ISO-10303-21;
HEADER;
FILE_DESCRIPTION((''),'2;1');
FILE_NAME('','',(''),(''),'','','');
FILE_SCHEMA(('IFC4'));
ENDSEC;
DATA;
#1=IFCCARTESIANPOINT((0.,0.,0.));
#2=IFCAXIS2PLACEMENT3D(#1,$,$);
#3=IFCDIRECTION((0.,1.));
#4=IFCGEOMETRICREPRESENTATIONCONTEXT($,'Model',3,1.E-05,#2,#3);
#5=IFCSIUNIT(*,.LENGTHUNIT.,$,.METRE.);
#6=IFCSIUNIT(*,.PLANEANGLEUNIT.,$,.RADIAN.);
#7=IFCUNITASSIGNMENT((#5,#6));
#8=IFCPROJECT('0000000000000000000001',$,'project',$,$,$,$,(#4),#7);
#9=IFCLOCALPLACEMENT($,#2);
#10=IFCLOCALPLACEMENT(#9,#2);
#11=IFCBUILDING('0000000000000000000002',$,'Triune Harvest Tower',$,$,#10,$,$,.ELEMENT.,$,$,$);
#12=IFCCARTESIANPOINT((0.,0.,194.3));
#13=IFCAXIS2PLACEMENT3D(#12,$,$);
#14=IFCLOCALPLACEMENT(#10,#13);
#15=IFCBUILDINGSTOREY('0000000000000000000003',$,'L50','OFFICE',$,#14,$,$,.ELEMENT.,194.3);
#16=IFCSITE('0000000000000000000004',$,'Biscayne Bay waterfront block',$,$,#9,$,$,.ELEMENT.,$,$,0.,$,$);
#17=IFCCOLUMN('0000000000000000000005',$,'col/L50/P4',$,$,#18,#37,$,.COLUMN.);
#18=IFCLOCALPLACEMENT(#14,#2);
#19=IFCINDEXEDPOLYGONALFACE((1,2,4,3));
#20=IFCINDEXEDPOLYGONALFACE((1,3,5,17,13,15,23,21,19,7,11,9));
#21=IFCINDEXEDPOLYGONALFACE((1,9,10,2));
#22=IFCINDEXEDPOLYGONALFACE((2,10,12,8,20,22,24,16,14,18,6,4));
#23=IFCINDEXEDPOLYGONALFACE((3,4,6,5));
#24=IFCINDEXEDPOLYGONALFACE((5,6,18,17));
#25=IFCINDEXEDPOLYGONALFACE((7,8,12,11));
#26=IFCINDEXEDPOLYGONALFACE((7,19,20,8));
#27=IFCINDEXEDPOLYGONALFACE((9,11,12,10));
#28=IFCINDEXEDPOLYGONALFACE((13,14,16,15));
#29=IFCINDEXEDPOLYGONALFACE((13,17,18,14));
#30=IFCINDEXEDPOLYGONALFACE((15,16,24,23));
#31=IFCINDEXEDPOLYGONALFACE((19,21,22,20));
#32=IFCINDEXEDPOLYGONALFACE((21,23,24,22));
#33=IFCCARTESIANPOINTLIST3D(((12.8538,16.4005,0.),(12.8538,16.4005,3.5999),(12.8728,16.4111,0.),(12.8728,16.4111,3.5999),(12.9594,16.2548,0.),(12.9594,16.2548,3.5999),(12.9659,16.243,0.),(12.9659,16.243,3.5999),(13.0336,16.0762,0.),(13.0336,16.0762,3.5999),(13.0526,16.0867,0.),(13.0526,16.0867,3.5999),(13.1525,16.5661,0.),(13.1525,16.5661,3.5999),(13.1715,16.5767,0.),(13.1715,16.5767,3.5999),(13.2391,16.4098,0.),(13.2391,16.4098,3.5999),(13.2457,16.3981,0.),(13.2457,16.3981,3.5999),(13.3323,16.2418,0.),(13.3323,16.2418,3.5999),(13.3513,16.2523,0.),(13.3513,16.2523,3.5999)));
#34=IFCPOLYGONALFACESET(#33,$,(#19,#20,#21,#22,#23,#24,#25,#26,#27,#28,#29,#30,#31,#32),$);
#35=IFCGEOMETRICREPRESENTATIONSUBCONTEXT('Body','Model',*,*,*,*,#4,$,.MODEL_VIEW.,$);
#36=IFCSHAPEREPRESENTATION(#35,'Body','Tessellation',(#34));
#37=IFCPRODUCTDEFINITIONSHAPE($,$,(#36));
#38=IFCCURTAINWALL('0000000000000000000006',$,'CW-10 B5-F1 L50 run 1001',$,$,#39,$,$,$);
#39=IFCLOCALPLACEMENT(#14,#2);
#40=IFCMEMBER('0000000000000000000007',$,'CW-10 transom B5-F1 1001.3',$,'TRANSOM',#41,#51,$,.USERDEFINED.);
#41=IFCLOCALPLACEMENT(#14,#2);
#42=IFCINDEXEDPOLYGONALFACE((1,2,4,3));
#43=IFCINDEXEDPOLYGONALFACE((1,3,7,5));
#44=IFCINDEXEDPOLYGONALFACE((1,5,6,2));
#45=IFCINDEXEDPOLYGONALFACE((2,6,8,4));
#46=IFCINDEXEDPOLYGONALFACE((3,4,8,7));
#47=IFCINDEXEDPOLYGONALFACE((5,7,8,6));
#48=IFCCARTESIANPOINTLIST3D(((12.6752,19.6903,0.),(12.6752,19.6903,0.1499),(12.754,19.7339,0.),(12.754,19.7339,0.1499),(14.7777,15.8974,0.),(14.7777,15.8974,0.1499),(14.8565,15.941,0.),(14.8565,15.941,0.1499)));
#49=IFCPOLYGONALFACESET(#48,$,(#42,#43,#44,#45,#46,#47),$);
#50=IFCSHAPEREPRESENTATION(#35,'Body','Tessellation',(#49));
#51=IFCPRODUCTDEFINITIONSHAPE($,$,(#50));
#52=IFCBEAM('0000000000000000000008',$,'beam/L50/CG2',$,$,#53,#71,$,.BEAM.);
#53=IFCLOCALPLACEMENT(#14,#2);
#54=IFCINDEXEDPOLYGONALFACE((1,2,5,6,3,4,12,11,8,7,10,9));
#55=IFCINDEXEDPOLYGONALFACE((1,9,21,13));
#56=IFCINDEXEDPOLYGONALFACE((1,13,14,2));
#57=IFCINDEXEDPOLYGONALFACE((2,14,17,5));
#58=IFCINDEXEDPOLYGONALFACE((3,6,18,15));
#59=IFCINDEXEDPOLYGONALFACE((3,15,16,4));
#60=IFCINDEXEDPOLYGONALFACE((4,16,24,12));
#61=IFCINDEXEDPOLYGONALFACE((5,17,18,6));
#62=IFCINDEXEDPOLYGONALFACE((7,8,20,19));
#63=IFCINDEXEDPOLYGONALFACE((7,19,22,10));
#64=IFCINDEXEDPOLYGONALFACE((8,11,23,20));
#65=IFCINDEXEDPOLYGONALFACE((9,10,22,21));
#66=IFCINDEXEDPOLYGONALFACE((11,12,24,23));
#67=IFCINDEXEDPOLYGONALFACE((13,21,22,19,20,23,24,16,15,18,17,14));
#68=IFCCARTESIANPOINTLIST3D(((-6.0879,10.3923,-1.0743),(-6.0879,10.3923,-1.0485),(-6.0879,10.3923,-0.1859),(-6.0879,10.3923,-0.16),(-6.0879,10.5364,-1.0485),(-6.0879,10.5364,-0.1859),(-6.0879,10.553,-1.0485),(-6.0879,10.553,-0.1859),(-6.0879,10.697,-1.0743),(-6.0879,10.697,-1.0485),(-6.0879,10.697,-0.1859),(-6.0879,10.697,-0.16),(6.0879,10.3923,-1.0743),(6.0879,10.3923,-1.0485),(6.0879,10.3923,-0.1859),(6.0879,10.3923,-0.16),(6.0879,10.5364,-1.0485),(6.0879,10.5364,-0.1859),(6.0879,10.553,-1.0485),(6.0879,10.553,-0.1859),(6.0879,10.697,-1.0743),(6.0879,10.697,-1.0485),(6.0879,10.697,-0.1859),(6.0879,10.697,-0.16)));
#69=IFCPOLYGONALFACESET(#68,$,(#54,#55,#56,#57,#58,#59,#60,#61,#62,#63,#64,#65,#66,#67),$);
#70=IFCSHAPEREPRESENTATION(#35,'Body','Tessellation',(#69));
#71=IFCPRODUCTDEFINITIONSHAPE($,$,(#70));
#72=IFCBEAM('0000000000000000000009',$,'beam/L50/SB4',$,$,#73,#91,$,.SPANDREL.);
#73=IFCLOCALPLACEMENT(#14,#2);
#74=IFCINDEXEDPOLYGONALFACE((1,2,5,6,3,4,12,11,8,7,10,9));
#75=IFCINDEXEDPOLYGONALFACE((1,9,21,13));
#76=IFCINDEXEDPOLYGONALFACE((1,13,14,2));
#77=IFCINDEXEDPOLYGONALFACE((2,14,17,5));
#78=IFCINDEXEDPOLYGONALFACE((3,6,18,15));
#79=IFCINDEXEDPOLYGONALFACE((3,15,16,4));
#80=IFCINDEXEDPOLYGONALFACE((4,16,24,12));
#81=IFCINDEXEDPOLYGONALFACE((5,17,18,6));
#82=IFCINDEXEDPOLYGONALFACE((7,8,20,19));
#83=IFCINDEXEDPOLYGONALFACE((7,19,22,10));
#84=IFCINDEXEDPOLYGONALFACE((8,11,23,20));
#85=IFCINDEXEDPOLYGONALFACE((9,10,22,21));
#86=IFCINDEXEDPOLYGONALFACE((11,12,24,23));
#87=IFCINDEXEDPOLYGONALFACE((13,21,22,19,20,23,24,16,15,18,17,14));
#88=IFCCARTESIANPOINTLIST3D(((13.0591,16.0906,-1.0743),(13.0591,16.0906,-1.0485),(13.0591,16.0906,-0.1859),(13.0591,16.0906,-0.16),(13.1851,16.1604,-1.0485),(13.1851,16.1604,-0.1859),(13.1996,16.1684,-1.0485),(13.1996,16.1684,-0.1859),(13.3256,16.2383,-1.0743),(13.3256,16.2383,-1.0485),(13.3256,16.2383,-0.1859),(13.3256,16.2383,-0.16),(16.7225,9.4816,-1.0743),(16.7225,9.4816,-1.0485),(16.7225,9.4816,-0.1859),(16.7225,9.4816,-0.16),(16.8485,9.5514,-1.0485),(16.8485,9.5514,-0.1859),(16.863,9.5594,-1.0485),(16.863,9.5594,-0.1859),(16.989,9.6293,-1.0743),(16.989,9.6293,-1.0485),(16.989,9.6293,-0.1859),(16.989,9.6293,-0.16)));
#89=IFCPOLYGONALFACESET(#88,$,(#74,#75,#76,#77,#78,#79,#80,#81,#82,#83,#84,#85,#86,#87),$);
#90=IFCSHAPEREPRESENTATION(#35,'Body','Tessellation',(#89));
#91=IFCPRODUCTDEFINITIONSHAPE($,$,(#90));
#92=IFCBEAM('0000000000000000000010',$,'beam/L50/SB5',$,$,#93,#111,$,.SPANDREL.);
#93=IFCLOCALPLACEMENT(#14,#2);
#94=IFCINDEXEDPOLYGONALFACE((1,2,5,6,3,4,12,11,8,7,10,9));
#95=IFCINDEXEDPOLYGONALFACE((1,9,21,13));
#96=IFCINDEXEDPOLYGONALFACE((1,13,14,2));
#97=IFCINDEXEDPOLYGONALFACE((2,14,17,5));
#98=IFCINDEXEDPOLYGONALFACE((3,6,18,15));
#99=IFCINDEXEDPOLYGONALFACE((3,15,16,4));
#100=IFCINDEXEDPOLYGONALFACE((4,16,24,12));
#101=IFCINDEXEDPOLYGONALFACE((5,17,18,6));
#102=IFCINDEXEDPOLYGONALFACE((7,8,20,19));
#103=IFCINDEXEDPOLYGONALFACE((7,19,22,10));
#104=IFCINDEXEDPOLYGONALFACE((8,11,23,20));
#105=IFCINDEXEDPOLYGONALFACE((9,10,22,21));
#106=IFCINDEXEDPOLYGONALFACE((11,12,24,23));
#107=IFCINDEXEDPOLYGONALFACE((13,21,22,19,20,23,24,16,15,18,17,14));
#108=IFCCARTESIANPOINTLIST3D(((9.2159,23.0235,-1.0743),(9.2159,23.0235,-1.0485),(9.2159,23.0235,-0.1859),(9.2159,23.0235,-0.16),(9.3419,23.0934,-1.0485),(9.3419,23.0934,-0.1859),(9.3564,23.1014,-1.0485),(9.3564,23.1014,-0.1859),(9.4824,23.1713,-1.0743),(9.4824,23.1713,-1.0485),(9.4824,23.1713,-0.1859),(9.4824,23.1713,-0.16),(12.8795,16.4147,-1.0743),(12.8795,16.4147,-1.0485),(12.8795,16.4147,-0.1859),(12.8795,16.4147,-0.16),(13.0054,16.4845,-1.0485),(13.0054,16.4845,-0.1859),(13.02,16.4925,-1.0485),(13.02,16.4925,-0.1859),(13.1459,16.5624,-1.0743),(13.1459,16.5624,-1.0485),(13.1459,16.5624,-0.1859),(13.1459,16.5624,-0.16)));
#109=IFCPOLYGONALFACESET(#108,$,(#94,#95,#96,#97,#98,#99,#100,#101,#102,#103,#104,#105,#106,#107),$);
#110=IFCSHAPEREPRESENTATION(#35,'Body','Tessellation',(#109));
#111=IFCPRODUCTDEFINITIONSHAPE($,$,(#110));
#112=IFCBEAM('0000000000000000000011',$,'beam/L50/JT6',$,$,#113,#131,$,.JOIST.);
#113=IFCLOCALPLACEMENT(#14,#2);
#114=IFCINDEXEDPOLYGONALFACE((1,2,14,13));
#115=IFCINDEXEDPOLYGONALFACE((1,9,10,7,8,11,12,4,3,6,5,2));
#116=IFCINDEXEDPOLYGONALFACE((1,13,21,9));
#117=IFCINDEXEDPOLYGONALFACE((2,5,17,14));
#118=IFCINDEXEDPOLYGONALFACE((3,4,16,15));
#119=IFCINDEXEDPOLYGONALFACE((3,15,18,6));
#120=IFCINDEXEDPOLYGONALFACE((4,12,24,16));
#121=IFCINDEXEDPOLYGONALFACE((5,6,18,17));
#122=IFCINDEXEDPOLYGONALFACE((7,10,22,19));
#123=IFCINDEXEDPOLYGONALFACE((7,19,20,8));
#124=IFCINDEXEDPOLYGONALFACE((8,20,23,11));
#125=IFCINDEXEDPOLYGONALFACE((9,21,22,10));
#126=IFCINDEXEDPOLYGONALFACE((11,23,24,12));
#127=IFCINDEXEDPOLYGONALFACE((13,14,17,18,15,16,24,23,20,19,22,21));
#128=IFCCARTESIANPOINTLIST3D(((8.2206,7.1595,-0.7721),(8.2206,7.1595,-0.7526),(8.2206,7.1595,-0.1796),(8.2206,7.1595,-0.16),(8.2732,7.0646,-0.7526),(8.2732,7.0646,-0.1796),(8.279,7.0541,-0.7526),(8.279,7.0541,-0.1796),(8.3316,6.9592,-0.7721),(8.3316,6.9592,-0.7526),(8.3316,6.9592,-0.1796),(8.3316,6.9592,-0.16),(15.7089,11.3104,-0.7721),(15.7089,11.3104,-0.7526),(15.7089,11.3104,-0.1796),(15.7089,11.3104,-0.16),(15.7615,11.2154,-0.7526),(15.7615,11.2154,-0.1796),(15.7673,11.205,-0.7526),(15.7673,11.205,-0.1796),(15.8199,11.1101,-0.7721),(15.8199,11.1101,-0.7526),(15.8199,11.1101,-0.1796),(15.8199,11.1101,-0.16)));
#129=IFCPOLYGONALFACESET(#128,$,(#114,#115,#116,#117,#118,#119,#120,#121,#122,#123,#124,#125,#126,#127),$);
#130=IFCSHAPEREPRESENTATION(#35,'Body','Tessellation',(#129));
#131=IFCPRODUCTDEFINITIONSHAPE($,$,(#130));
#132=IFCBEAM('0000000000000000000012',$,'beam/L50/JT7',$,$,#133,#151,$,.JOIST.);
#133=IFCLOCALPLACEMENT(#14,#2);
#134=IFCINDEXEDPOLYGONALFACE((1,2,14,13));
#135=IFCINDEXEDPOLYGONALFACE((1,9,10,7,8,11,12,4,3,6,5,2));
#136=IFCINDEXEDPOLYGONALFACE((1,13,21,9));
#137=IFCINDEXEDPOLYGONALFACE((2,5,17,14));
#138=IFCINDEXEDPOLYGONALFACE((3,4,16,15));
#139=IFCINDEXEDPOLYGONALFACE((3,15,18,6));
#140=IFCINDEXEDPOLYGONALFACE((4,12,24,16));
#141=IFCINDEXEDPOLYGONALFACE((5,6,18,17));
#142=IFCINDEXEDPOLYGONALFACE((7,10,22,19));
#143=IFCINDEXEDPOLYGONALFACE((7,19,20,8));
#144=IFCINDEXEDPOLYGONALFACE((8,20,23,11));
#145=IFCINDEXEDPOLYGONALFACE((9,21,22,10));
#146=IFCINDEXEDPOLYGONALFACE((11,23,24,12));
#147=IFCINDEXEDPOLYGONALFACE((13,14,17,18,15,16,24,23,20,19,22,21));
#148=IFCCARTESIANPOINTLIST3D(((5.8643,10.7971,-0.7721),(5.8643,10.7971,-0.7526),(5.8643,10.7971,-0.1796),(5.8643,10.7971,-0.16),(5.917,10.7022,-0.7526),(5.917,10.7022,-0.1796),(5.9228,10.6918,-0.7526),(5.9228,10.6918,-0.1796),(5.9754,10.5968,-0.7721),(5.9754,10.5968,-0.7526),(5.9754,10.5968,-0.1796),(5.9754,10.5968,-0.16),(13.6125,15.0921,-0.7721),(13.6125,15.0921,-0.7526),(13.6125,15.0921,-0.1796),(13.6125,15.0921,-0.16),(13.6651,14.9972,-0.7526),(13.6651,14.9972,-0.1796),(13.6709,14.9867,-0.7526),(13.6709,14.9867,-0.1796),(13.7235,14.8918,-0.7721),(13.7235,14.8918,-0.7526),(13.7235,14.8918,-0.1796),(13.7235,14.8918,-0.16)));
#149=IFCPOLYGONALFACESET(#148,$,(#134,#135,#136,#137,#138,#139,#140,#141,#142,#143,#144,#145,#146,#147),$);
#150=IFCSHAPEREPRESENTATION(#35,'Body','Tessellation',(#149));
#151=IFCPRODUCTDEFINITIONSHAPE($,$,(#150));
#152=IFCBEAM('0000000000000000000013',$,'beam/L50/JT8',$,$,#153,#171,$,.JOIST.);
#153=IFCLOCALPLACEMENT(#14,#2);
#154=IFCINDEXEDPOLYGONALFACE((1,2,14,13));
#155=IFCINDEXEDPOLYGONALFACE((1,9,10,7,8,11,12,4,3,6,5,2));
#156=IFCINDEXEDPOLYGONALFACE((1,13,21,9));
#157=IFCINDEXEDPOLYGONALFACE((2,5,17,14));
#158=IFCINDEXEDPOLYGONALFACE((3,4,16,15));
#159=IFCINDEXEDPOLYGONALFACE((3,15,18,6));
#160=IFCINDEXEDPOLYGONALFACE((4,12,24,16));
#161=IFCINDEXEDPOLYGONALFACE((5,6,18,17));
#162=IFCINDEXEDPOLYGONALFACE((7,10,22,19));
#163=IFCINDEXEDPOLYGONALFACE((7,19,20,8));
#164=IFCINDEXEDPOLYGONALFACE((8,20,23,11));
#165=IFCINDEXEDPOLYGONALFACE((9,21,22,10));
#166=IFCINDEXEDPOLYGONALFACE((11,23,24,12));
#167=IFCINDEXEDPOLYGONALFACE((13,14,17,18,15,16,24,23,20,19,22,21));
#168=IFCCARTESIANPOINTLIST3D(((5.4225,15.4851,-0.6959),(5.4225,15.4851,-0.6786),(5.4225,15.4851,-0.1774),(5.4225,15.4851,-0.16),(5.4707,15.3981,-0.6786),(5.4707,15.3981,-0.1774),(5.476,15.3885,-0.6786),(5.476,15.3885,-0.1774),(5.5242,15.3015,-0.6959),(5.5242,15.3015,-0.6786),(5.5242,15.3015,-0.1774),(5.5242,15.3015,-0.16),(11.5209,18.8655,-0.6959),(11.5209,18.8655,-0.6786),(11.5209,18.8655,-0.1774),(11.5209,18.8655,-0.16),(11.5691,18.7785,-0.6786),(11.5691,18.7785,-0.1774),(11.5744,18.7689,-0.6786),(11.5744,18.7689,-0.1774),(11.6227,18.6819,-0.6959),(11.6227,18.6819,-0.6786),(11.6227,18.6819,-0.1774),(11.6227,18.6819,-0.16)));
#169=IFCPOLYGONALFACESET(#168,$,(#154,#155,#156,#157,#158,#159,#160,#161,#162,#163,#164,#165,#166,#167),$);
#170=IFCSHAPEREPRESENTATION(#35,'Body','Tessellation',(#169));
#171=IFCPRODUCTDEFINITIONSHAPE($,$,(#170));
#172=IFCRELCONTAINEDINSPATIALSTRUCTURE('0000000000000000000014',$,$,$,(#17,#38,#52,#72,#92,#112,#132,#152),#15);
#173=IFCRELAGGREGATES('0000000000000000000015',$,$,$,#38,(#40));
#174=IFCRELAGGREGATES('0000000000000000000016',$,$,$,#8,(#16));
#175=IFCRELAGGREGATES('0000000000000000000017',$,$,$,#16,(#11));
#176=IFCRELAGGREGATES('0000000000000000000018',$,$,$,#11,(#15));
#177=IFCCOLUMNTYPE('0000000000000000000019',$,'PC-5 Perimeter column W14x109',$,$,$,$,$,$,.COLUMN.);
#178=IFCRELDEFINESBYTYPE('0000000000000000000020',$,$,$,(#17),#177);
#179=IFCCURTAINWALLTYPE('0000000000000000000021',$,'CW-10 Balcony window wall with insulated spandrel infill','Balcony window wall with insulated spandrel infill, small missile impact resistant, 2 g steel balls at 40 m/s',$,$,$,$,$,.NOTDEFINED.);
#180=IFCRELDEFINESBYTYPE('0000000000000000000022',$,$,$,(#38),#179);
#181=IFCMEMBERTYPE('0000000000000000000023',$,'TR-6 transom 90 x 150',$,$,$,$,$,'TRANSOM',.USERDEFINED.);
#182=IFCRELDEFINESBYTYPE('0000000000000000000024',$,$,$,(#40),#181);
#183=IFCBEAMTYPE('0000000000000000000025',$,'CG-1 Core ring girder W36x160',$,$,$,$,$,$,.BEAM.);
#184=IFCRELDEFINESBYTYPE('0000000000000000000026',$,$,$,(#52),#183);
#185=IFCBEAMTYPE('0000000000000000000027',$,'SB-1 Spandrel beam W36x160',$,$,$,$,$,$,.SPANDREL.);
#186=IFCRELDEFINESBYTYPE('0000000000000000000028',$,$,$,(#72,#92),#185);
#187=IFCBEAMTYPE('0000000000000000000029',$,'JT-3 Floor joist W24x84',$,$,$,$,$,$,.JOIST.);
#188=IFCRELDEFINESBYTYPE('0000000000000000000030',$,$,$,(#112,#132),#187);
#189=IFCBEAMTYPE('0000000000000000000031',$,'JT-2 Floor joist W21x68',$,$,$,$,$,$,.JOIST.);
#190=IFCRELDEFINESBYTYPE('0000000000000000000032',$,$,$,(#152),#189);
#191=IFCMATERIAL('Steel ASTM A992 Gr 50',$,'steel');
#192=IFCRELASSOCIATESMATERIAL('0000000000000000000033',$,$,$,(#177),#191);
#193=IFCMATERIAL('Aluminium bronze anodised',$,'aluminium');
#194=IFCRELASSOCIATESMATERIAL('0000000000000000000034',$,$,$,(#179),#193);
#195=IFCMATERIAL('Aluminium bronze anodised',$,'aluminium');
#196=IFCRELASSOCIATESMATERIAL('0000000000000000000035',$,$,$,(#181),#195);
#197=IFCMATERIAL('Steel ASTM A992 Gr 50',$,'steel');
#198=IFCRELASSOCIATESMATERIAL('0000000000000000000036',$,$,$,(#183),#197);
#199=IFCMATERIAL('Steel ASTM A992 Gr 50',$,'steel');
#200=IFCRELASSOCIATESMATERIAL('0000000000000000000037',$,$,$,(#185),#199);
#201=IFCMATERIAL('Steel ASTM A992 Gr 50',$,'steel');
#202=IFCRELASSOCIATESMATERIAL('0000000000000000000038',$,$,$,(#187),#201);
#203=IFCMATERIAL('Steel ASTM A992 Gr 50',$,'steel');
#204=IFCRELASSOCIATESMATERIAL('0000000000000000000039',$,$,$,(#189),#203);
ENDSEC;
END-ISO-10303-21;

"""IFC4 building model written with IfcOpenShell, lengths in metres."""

from ifc_helpers import new_model, si_unit, direction, frame, origin, origin_2d, place, context, subcontext, project, spatial, rectangle, i_section, extrude, source, transform, mapped, material, material_profile, profile_set, type_object, element, aggregate, save


model = new_model("IFC4")

# Units and contexts
model_context = context("Model", 3, precision=1e-05, world=origin(), true_north=direction((0.0, 1.0)))
body_context = subcontext(model_context, "Body", "Model", "MODEL_VIEW")
ifc_project = project(units=[si_unit("LENGTHUNIT", "METRE"), si_unit("PLANEANGLEUNIT", "RADIAN")], contexts=[model_context])

# Site, building, storey
site_placement = place(None, origin())
site = spatial("IfcSite", under=ifc_project, at=site_placement, Name="Biscayne Bay waterfront block", CompositionType="ELEMENT", RefElevation=0.0)
building_placement = place(site_placement, origin())
building = spatial("IfcBuilding", under=site, at=building_placement, Name="Triune Harvest Tower", CompositionType="ELEMENT")
storey_placement = place(building_placement, frame((0.0, 0.0, 194.3)))
storey = spatial("IfcBuildingStorey", under=building, at=storey_placement, Name="L50", Description="OFFICE", CompositionType="ELEMENT", Elevation=194.3)

# Column
ifc_material_1 = material(Name="Steel ASTM A992 Gr 50", Category="steel")
ifc_material_profile_1 = material_profile(ifc_material_1, i_section(OverallWidth=0.3708, OverallDepth=0.3633, WebThickness=0.0134, FlangeThickness=0.0217, at=origin_2d()), Name="W14x109")
ifc_profile_set_1 = profile_set([ifc_material_profile_1], Name="Steel ASTM A992 Gr 50")
column_type = type_object("IfcColumnType", Name="PC-5 Perimeter column W14x109", PredefinedType="COLUMN", material=ifc_profile_set_1)
shared_shape_1 = source(origin(), body_context, "Body", "SweptSolid", [
    extrude(i_section(OverallWidth=0.3708, OverallDepth=0.3633, WebThickness=0.0134, FlangeThickness=0.0217, at=origin_2d()), origin(), (0.0, 0.0, 1.0), 3.5999),
])
column_placement = place(storey_placement, frame((13.1025, 16.3264, 0.0), z_axis=(0.0, 0.0, 1.0), x_axis=(-0.48481, 0.87462, 0.0)))
element("IfcColumn", 1, at=column_placement, inside=storey, type_object=column_type, Name="col/L50/P4", PredefinedType="COLUMN", context=body_context, shape_type="MappedRepresentation", body=[
    mapped(shared_shape_1, transform((0.0, 0.0, 0.0), scale=1.0)),
])

# Curtain wall, member
ifc_material_2 = material(Name="Aluminium bronze anodised", Category="aluminium")
curtain_wall_type = type_object("IfcCurtainWallType", Name="CW-10 Balcony window wall with insulated spandrel infill", Description="Balcony window wall with insulated spandrel infill, small missile impact resistant, 2 g steel balls at 40 m/s", PredefinedType="NOTDEFINED", material=ifc_material_2)
curtain_wall_placement = place(storey_placement, origin())
curtain_wall = element("IfcCurtainWall", 2, at=curtain_wall_placement, inside=storey, type_object=curtain_wall_type, Name="CW-10 B5-F1 L50 run 1001")
ifc_material_3 = material(Name="Aluminium bronze anodised", Category="aluminium")
ifc_material_profile_2 = material_profile(ifc_material_3, rectangle(XDim=0.0901, YDim=0.1499, at=origin_2d()), Name="TR-6 transom 90 x 150")
ifc_profile_set_2 = profile_set([ifc_material_profile_2], Name="Aluminium bronze anodised")
member_type_1 = type_object("IfcMemberType", Name="TR-6 transom 90 x 150", ElementType="TRANSOM", PredefinedType="USERDEFINED", material=ifc_profile_set_2)
member_1_placement = place(storey_placement, frame((14.8171, 15.9192, 0.075), z_axis=(-0.484821, 0.874614, 0.0), x_axis=(-0.874614, -0.484821, 0.0)))
member_1 = element("IfcMember", 3, at=member_1_placement, type_object=member_type_1, Name="CW-10 transom B5-F1 1001.3", ObjectType="TRANSOM", PredefinedType="USERDEFINED", context=body_context, shape_type="SweptSolid", body=[
    extrude(rectangle(XDim=0.0901, YDim=0.1499, at=origin_2d()), origin(), (0.0, 0.0, 1.0), 4.3367),
])

# Beams
ifc_material_4 = material(Name="Steel ASTM A992 Gr 50", Category="steel")
ifc_material_profile_3 = material_profile(ifc_material_4, i_section(OverallWidth=0.3047, OverallDepth=0.9143, WebThickness=0.0166, FlangeThickness=0.0259, at=origin_2d()), Name="W36x160")
ifc_profile_set_3 = profile_set([ifc_material_profile_3], Name="Steel ASTM A992 Gr 50")
beam_type_1 = type_object("IfcBeamType", Name="CG-1 Core ring girder W36x160", PredefinedType="BEAM", material=ifc_profile_set_3)
shared_shape_2 = source(origin(), body_context, "Body", "SweptSolid", [
    extrude(i_section(OverallWidth=0.3047, OverallDepth=0.9143, WebThickness=0.0166, FlangeThickness=0.0259, at=origin_2d()), origin(), (0.0, 0.0, 1.0), 12.1758),
])
beam_1_placement = place(storey_placement, frame((6.0879, 10.5447, -0.6172), z_axis=(-1.0, 0.0, 0.0), x_axis=(0.0, -1.0, 0.0)))
element("IfcBeam", 4, at=beam_1_placement, inside=storey, type_object=beam_type_1, Name="beam/L50/CG2", PredefinedType="BEAM", context=body_context, shape_type="MappedRepresentation", body=[
    mapped(shared_shape_2, transform((0.0, 0.0, 0.0), scale=1.0)),
])
ifc_material_5 = material(Name="Steel ASTM A992 Gr 50", Category="steel")
ifc_material_profile_4 = material_profile(ifc_material_5, i_section(OverallWidth=0.3047, OverallDepth=0.9143, WebThickness=0.0166, FlangeThickness=0.0259, at=origin_2d()), Name="W36x160")
ifc_profile_set_4 = profile_set([ifc_material_profile_4], Name="Steel ASTM A992 Gr 50")
beam_type_2 = type_object("IfcBeamType", Name="SB-1 Spandrel beam W36x160", PredefinedType="SPANDREL", material=ifc_profile_set_4)
shared_shape_3 = source(origin(), body_context, "Body", "SweptSolid", [
    extrude(i_section(OverallWidth=0.3047, OverallDepth=0.9143, WebThickness=0.0166, FlangeThickness=0.0259, at=origin_2d()), origin(), (0.0, 0.0, 1.0), 7.5564),
])
for number, where, z_axis, x_axis, name in (
    (5, (16.8557, 9.5554, -0.6172), (-0.484806, 0.874622, 0.0), (-0.874622, -0.484806, 0.0), "beam/L50/SB4"),
    (6, (13.0127, 16.4885, -0.6172), (-0.484831, 0.874608, 0.0), (-0.874608, -0.484831, 0.0), "beam/L50/SB5"),
):
    element("IfcBeam", number, at=place(storey_placement, frame(where, z_axis=z_axis, x_axis=x_axis)), inside=storey, type_object=beam_type_2, Name=name, PredefinedType="SPANDREL", context=body_context, shape_type="MappedRepresentation", body=[
        mapped(shared_shape_3, transform((0.0, 0.0, 0.0), scale=1.0)),
    ])
ifc_material_6 = material(Name="Steel ASTM A992 Gr 50", Category="steel")
ifc_material_profile_5 = material_profile(ifc_material_6, i_section(OverallWidth=0.229, OverallDepth=0.6121, WebThickness=0.012, FlangeThickness=0.0195, at=origin_2d()), Name="W24x84")
ifc_profile_set_5 = profile_set([ifc_material_profile_5], Name="Steel ASTM A992 Gr 50")
beam_type_3 = type_object("IfcBeamType", Name="JT-3 Floor joist W24x84", PredefinedType="JOIST", material=ifc_profile_set_5)
shared_shape_4 = source(origin(), body_context, "Body", "SweptSolid", [
    extrude(i_section(OverallWidth=0.229, OverallDepth=0.6121, WebThickness=0.012, FlangeThickness=0.0195, at=origin_2d()), origin(), (0.0, 0.0, 1.0), 8.5618),
])
beam_2_placement = place(storey_placement, frame((15.7644, 11.2102, -0.4661), z_axis=(-0.874617, -0.484815, 0.0), x_axis=(0.484815, -0.874617, 0.0)))
element("IfcBeam", 7, at=beam_2_placement, inside=storey, type_object=beam_type_3, Name="beam/L50/JT6", PredefinedType="JOIST", context=body_context, shape_type="MappedRepresentation", body=[
    mapped(shared_shape_4, transform((0.0, 0.0, 0.0), scale=1.0)),
])
shared_shape_5 = source(origin(), body_context, "Body", "SweptSolid", [
    extrude(i_section(OverallWidth=0.229, OverallDepth=0.6121, WebThickness=0.012, FlangeThickness=0.0195, at=origin_2d()), origin(), (0.0, 0.0, 1.0), 8.8589),
])
beam_3_placement = place(storey_placement, frame((13.668, 14.9919, -0.4661), z_axis=(-0.874614, -0.484819, 0.0), x_axis=(0.484819, -0.874614, 0.0)))
element("IfcBeam", 8, at=beam_3_placement, inside=storey, type_object=beam_type_3, Name="beam/L50/JT7", PredefinedType="JOIST", context=body_context, shape_type="MappedRepresentation", body=[
    mapped(shared_shape_5, transform((0.0, 0.0, 0.0), scale=1.0)),
])
ifc_material_7 = material(Name="Steel ASTM A992 Gr 50", Category="steel")
ifc_material_profile_6 = material_profile(ifc_material_7, i_section(OverallWidth=0.21, OverallDepth=0.5359, WebThickness=0.011, FlangeThickness=0.0173, at=origin_2d()), Name="W21x68")
ifc_profile_set_6 = profile_set([ifc_material_profile_6], Name="Steel ASTM A992 Gr 50")
beam_type_4 = type_object("IfcBeamType", Name="JT-2 Floor joist W21x68", PredefinedType="JOIST", material=ifc_profile_set_6)
shared_shape_6 = source(origin(), body_context, "Body", "SweptSolid", [
    extrude(i_section(OverallWidth=0.21, OverallDepth=0.5359, WebThickness=0.011, FlangeThickness=0.0173, at=origin_2d()), origin(), (0.0, 0.0, 1.0), 6.9727),
])
beam_4_placement = place(storey_placement, frame((11.5718, 18.7737, -0.428), z_axis=(-0.874621, -0.484807, 0.0), x_axis=(0.484807, -0.874621, 0.0)))
element("IfcBeam", 9, at=beam_4_placement, inside=storey, type_object=beam_type_4, Name="beam/L50/JT8", PredefinedType="JOIST", context=body_context, shape_type="MappedRepresentation", body=[
    mapped(shared_shape_6, transform((0.0, 0.0, 0.0), scale=1.0)),
])

aggregate(curtain_wall, [member_1])

save(model, "model.ifc")
